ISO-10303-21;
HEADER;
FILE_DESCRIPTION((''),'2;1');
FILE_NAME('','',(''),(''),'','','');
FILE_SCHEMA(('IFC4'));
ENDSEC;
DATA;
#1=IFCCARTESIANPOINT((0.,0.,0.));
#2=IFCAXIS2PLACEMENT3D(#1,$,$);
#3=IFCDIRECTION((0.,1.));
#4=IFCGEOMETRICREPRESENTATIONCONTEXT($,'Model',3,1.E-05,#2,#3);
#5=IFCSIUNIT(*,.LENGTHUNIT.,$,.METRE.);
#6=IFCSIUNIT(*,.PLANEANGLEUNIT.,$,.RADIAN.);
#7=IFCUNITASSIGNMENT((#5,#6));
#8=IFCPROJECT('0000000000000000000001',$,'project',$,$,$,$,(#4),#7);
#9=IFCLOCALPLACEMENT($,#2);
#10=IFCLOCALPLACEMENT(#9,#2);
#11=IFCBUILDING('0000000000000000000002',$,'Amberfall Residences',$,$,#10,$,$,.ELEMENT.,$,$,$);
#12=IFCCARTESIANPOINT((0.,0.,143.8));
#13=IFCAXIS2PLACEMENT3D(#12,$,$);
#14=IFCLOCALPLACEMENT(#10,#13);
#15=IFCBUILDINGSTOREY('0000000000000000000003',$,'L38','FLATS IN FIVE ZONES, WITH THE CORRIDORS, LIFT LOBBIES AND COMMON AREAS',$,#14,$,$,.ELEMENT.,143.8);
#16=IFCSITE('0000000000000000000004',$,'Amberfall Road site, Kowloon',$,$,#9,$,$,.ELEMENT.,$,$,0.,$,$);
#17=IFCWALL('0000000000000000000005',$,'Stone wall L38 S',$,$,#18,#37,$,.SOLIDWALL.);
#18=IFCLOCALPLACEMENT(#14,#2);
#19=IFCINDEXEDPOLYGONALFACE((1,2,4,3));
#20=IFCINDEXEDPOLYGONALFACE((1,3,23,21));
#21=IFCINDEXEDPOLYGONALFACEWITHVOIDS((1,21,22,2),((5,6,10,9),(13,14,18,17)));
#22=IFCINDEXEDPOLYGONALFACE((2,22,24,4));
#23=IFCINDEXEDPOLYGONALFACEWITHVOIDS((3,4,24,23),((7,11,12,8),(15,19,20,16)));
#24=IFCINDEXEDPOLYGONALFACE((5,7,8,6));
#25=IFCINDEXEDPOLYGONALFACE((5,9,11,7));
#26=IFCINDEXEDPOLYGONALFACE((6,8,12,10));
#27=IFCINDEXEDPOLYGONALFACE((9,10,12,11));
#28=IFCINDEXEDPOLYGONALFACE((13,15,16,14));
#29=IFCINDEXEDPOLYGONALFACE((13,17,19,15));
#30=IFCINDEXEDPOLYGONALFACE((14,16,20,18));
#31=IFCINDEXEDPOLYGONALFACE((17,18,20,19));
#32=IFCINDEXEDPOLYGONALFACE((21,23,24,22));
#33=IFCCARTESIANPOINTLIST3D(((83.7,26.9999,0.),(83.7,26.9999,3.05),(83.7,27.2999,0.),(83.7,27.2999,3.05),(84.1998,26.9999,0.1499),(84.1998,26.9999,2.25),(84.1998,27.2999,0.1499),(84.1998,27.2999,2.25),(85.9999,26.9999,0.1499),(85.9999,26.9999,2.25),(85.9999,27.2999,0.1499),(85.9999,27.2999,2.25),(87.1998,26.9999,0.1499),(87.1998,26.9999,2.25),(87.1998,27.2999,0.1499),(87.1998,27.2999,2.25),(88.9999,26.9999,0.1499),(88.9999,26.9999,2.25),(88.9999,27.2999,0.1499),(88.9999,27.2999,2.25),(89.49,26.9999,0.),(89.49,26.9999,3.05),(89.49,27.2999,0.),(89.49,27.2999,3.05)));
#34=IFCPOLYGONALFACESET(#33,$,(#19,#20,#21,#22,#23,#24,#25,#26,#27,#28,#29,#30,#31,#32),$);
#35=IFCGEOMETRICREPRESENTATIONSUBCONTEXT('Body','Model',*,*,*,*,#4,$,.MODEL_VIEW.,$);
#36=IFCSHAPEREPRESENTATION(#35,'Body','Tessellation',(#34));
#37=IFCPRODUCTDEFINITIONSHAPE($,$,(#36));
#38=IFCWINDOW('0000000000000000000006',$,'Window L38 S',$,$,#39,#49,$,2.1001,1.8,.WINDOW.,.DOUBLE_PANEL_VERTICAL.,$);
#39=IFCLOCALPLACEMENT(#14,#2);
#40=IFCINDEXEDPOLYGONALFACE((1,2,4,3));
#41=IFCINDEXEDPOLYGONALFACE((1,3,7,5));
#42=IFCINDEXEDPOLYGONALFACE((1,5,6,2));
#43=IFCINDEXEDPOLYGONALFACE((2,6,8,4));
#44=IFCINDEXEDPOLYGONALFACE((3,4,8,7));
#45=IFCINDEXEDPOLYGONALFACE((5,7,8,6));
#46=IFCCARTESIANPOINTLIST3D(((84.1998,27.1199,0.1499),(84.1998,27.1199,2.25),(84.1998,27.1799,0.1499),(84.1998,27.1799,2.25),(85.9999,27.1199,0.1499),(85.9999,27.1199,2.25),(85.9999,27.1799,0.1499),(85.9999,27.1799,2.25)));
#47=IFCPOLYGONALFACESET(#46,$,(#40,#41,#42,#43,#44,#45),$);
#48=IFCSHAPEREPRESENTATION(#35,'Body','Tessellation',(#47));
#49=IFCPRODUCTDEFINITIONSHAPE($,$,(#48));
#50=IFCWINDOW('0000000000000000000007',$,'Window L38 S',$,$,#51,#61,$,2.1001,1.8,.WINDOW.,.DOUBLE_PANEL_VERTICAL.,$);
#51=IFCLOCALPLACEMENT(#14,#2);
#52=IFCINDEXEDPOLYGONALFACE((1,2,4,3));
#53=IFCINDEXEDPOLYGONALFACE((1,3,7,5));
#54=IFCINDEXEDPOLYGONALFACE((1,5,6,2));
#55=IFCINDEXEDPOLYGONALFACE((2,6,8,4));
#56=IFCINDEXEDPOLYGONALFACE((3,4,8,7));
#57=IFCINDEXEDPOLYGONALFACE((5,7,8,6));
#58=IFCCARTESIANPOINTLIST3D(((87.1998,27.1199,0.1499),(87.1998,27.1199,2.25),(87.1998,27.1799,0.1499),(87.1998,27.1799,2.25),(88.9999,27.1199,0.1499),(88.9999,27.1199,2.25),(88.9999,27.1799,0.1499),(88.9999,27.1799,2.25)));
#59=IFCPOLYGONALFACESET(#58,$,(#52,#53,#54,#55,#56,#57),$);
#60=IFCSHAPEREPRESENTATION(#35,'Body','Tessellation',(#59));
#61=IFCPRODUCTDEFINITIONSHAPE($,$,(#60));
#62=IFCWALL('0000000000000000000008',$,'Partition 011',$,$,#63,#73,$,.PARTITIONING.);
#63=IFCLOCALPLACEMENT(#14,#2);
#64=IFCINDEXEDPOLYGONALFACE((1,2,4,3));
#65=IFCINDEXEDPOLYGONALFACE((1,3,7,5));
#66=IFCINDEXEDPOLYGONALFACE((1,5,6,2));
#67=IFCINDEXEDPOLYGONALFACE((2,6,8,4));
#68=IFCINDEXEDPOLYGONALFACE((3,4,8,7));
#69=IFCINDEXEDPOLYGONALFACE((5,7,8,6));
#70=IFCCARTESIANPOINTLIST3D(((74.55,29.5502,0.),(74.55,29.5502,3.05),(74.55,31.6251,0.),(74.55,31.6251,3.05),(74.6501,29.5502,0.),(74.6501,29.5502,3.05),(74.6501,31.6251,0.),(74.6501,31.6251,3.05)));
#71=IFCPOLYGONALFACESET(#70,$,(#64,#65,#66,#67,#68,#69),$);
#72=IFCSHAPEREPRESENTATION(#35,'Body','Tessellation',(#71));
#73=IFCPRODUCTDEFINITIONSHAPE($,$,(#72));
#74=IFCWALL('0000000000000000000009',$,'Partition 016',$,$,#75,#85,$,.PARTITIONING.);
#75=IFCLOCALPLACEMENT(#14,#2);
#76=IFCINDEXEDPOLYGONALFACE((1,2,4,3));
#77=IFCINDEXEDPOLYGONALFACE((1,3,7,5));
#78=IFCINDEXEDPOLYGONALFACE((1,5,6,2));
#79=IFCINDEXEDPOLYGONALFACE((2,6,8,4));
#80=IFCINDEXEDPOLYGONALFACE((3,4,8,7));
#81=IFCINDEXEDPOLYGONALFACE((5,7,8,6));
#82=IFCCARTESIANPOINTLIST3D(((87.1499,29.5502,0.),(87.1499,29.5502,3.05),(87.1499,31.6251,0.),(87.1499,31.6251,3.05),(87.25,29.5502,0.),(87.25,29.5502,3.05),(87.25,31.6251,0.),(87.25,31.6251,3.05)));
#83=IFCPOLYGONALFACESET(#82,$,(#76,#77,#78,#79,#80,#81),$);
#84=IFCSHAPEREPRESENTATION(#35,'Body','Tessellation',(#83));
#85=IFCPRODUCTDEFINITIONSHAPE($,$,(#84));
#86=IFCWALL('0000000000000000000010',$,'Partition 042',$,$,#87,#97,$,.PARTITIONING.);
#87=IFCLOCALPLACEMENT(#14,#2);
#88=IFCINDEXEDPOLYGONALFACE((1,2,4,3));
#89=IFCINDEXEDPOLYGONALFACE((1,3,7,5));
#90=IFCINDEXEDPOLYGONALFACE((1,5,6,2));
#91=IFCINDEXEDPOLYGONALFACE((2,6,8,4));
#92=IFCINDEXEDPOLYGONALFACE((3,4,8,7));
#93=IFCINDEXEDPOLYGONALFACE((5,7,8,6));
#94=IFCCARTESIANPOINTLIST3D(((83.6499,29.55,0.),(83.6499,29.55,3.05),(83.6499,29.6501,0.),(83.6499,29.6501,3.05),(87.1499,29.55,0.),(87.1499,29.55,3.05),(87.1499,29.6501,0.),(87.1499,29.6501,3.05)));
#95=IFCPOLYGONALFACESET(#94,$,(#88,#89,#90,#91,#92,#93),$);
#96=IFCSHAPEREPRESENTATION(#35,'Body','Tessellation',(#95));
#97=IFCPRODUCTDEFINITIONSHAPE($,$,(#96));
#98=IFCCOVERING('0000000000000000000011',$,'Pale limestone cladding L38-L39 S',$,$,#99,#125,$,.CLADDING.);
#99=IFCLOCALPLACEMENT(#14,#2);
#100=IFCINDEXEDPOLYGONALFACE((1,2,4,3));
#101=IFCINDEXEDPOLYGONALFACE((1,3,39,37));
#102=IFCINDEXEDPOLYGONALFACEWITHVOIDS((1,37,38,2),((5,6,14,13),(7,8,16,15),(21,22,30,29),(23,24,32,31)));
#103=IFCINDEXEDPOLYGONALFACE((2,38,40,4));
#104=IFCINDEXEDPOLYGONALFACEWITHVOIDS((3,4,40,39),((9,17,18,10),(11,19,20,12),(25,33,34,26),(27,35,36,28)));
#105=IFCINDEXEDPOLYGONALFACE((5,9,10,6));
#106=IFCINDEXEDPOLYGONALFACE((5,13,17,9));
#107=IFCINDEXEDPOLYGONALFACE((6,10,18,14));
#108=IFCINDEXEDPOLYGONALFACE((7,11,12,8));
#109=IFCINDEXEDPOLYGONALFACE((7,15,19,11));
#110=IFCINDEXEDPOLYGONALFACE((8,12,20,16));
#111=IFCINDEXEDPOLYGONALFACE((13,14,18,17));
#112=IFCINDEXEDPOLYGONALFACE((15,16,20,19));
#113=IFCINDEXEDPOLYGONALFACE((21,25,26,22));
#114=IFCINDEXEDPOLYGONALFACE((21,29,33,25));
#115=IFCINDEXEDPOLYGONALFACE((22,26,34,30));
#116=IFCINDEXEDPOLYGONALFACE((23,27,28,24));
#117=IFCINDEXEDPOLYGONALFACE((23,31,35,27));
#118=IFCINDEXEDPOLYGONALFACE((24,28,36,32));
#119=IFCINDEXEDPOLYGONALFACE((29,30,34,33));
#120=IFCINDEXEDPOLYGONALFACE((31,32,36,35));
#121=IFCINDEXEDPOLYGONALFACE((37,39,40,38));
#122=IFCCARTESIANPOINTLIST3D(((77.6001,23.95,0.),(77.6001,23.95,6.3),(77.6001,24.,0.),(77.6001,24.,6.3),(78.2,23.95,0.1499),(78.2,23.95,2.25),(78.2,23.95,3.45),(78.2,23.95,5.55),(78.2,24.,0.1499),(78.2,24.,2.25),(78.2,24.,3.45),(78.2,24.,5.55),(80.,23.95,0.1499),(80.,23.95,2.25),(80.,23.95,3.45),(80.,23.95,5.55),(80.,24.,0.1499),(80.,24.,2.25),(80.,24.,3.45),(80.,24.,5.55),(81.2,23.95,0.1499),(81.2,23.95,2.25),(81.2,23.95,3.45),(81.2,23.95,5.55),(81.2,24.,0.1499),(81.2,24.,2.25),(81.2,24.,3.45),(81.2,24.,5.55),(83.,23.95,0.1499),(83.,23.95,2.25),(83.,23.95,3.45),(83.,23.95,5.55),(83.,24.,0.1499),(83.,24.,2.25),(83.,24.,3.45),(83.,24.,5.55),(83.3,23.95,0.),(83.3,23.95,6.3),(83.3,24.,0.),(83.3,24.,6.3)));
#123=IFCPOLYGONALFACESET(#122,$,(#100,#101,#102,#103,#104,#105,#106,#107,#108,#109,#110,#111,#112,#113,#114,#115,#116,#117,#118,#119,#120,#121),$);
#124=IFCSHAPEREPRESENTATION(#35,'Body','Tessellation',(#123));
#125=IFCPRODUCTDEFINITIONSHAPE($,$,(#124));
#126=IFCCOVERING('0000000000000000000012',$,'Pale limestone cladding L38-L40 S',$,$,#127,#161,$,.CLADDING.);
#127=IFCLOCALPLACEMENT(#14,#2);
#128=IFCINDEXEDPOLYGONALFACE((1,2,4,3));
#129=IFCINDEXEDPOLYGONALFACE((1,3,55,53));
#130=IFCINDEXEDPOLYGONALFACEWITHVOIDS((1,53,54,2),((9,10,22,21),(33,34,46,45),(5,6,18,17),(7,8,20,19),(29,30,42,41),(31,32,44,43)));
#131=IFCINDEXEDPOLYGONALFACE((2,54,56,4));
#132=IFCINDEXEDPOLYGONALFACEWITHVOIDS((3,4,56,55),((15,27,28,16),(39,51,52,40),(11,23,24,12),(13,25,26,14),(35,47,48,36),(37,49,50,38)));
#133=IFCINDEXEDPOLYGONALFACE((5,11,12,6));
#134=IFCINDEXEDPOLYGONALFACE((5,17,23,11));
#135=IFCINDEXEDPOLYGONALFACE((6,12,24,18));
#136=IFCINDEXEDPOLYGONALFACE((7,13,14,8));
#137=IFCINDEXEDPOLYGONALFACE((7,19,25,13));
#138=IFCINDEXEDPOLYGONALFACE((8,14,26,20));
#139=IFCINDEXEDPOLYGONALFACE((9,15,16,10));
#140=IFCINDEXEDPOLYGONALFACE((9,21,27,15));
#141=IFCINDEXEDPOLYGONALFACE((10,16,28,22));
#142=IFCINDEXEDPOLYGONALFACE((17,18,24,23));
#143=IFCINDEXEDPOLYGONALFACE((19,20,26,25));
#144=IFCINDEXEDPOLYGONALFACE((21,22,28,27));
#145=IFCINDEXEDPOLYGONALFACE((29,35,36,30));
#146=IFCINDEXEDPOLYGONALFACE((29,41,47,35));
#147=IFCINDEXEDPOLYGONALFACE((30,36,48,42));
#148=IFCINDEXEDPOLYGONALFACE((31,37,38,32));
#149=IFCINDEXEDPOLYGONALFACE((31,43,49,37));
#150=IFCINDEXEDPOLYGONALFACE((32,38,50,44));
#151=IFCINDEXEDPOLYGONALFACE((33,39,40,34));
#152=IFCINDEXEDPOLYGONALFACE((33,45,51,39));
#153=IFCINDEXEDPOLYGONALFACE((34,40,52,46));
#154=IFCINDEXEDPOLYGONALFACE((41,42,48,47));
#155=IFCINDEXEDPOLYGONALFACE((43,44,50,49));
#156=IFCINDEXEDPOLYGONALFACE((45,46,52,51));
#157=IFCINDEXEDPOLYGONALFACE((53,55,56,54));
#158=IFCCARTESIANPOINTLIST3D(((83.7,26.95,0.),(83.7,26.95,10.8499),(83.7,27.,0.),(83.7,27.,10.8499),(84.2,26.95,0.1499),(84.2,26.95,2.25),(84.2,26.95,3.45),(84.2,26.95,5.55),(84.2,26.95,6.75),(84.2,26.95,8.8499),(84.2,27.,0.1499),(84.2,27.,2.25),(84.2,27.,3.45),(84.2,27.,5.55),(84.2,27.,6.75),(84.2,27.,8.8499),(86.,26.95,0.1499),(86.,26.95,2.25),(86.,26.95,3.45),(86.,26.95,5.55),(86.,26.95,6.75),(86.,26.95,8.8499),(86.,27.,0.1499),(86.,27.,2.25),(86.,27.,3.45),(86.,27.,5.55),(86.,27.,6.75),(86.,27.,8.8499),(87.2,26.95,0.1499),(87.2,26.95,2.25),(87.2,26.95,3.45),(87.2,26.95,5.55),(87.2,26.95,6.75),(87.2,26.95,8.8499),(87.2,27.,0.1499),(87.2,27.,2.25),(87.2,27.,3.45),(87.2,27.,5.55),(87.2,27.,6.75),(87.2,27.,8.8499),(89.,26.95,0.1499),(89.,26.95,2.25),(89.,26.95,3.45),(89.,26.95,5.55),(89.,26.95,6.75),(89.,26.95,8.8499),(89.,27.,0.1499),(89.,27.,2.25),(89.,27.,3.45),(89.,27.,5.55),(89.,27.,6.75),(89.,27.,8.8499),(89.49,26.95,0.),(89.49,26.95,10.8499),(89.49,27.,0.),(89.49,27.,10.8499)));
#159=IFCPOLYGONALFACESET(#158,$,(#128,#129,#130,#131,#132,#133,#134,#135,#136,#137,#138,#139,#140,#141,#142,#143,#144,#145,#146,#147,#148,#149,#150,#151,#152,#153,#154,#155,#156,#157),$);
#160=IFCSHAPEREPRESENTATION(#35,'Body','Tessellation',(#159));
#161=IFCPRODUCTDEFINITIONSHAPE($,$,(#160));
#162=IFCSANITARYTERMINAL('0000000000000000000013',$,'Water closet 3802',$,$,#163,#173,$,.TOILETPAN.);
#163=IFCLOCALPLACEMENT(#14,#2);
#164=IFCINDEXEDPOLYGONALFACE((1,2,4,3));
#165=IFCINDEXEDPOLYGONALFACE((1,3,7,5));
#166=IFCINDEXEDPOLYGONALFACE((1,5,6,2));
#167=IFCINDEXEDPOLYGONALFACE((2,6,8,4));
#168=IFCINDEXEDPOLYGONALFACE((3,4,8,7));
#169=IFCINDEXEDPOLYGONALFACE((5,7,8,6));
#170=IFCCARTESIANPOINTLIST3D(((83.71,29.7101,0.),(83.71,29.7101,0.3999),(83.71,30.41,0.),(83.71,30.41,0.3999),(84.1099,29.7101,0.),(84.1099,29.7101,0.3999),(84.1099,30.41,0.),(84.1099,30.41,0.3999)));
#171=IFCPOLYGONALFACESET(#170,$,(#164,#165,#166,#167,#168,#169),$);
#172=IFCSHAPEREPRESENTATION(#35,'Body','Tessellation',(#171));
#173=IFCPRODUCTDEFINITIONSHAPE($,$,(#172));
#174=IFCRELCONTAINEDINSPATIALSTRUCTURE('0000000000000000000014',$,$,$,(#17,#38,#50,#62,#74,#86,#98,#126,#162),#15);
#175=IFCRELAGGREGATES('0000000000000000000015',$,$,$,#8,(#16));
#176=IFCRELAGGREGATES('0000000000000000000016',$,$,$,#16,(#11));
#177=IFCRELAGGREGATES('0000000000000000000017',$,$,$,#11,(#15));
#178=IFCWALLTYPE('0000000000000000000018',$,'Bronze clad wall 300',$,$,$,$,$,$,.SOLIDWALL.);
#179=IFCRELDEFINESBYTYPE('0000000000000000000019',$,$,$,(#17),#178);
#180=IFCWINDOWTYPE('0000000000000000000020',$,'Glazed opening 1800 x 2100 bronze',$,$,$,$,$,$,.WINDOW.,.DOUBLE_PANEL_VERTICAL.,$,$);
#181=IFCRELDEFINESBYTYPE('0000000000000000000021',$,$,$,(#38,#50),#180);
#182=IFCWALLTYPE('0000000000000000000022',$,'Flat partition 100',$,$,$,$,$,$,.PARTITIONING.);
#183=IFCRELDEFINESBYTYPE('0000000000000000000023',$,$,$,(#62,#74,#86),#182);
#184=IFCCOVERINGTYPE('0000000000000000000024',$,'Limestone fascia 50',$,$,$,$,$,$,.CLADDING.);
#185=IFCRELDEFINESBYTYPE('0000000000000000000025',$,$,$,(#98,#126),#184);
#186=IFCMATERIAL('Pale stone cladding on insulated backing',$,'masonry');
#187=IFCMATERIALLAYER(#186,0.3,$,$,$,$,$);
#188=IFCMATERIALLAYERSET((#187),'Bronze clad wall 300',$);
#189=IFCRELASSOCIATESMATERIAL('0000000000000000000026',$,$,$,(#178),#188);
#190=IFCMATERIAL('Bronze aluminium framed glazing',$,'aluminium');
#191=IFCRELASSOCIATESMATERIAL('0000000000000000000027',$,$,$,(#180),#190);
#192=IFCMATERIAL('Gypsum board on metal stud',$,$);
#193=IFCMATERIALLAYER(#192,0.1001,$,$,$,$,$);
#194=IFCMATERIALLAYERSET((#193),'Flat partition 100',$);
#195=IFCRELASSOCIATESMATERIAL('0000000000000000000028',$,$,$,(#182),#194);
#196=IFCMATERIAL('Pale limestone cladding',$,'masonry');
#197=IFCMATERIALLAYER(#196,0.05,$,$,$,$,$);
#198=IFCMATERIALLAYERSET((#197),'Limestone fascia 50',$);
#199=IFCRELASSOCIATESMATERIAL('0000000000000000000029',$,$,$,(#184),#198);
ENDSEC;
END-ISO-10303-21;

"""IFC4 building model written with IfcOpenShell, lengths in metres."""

from ifc_helpers import new_model, si_unit, direction, frame, frame_2d, origin, origin_2d, place, context, subcontext, project, spatial, polyline, rectangle, outline, extrude, material, layer, layer_set, type_object, element, fill, save


model = new_model("IFC4")

# Units and contexts
model_context = context("Model", 3, precision=1e-05, world=origin(), true_north=direction((0.0, 1.0)))
body_context = subcontext(model_context, "Body", "Model", "MODEL_VIEW")
ifc_project = project(units=[si_unit("LENGTHUNIT", "METRE"), si_unit("PLANEANGLEUNIT", "RADIAN")], contexts=[model_context])

# Site, building, storey
site_placement = place(None, origin())
site = spatial("IfcSite", under=ifc_project, at=site_placement, Name="Amberfall Road site, Kowloon", CompositionType="ELEMENT", RefElevation=0.0)
building_placement = place(site_placement, origin())
building = spatial("IfcBuilding", under=site, at=building_placement, Name="Amberfall Residences", CompositionType="ELEMENT")
storey_placement = place(building_placement, frame((0.0, 0.0, 143.8)))
storey = spatial("IfcBuildingStorey", under=building, at=storey_placement, Name="L38", Description="FLATS IN FIVE ZONES, WITH THE CORRIDORS, LIFT LOBBIES AND COMMON AREAS", CompositionType="ELEMENT", Elevation=143.8)

# Shared definitions
ifc_material_1 = material(Name="Pale stone cladding on insulated backing", Category="masonry")
ifc_layer_1 = layer(ifc_material_1, 0.3)
ifc_layer_set_1 = layer_set([ifc_layer_1], Name="Bronze clad wall 300")
wall_type_1 = type_object("IfcWallType", Name="Bronze clad wall 300", PredefinedType="SOLIDWALL", material=ifc_layer_set_1)

# Wall, openings, windows
ifc_material_2 = material(Name="Bronze aluminium framed glazing", Category="aluminium")
window_type = type_object("IfcWindowType", Name="Glazed opening 1800 x 2100 bronze", PartitioningType="DOUBLE_PANEL_VERTICAL", PredefinedType="WINDOW", material=ifc_material_2)
wall_1_placement = place(storey_placement, frame((83.7, 27.1499, 0.0), z_axis=(0.0, 0.0, 1.0), x_axis=(1.0, 0.0, 0.0)))
wall_1 = element("IfcWall", 1, at=wall_1_placement, inside=storey, type_object=wall_type_1, Name="Stone wall L38 S", PredefinedType="SOLIDWALL", context=body_context, shape_type="SweptSolid", body=[
    extrude(rectangle(XDim=5.79, YDim=0.3, at=frame_2d((2.895, 0.0))), origin(), (0.0, 0.0, 1.0), 3.05),
])
opening_1_placement = place(wall_1_placement, frame((0.5, 0.0, 0.1499)))
opening_1 = element("IfcOpeningElement", 2, at=opening_1_placement, cuts=wall_1, PredefinedType="OPENING", context=body_context, shape_type="SweptSolid", body=[
    extrude(rectangle(XDim=1.8, YDim=2.1001, at=frame_2d((0.8999, 1.05))), frame((0.0, 0.1599, 0.0), z_axis=(0.0, -1.0, 0.0), x_axis=(1.0, 0.0, 0.0)), (0.0, 0.0, 1.0), 0.3201),
])
opening_2_placement = place(wall_1_placement, frame((3.5, 0.0, 0.1499)))
opening_2 = element("IfcOpeningElement", 3, at=opening_2_placement, cuts=wall_1, PredefinedType="OPENING", context=body_context, shape_type="SweptSolid", body=[
    extrude(rectangle(XDim=1.8, YDim=2.1001, at=frame_2d((0.8999, 1.05))), frame((0.0, 0.1599, 0.0), z_axis=(0.0, -1.0, 0.0), x_axis=(1.0, 0.0, 0.0)), (0.0, 0.0, 1.0), 0.3201),
])
window_1_placement = place(opening_1_placement, origin())
window_1 = element("IfcWindow", 4, at=window_1_placement, inside=storey, type_object=window_type, Name="Window L38 S", OverallHeight=2.1001, OverallWidth=1.8, PartitioningType="DOUBLE_PANEL_VERTICAL", PredefinedType="WINDOW", context=body_context, shape_type="SweptSolid", body=[
    extrude(rectangle(XDim=1.8, YDim=2.1001, at=frame_2d((0.8999, 1.05))), frame((0.0, 0.03, 0.0), z_axis=(0.0, -1.0, 0.0), x_axis=(1.0, 0.0, 0.0)), (0.0, 0.0, 1.0), 0.0601),
])
fill(opening_1, window_1)
window_2_placement = place(opening_2_placement, origin())
window_2 = element("IfcWindow", 5, at=window_2_placement, inside=storey, type_object=window_type, Name="Window L38 S", OverallHeight=2.1001, OverallWidth=1.8, PartitioningType="DOUBLE_PANEL_VERTICAL", PredefinedType="WINDOW", context=body_context, shape_type="SweptSolid", body=[
    extrude(rectangle(XDim=1.8, YDim=2.1001, at=frame_2d((0.8999, 1.05))), frame((0.0, 0.03, 0.0), z_axis=(0.0, -1.0, 0.0), x_axis=(1.0, 0.0, 0.0)), (0.0, 0.0, 1.0), 0.0601),
])
fill(opening_2, window_2)

# Walls
ifc_material_3 = material(Name="Gypsum board on metal stud")
ifc_layer_2 = layer(ifc_material_3, 0.1001)
ifc_layer_set_2 = layer_set([ifc_layer_2], Name="Flat partition 100")
wall_type_2 = type_object("IfcWallType", Name="Flat partition 100", PredefinedType="PARTITIONING", material=ifc_layer_set_2)
for number, where, z_axis, x_axis, name in (
    (6, (74.6001, 29.55, 0.0), (0.0, 0.0, 1.0), (0.0, 1.0, 0.0), "Partition 011"),
    (7, (87.2, 29.55, 0.0), (0.0, 0.0, 1.0), (0.0, 1.0, 0.0), "Partition 016"),
):
    element("IfcWall", number, at=place(storey_placement, frame(where, z_axis=z_axis, x_axis=x_axis)), inside=storey, type_object=wall_type_2, Name=name, PredefinedType="PARTITIONING", context=body_context, shape_type="SweptSolid", body=[
        extrude(rectangle(XDim=2.075, YDim=0.1001, at=frame_2d((1.0376, 0.0))), origin(), (0.0, 0.0, 1.0), 3.05),
    ])
wall_2_placement = place(storey_placement, frame((83.6499, 29.6001, 0.0), z_axis=(0.0, 0.0, 1.0), x_axis=(1.0, 0.0, 0.0)))
element("IfcWall", 8, at=wall_2_placement, inside=storey, type_object=wall_type_2, Name="Partition 042", PredefinedType="PARTITIONING", context=body_context, shape_type="SweptSolid", body=[
    extrude(rectangle(XDim=3.5, YDim=0.1001, at=frame_2d((1.75, 0.0))), origin(), (0.0, 0.0, 1.0), 3.05),
])

# Coverings
ifc_material_4 = material(Name="Pale limestone cladding", Category="masonry")
ifc_layer_3 = layer(ifc_material_4, 0.05)
ifc_layer_set_3 = layer_set([ifc_layer_3], Name="Limestone fascia 50")
covering_type = type_object("IfcCoveringType", Name="Limestone fascia 50", PredefinedType="CLADDING", material=ifc_layer_set_3)
covering_1_placement = place(storey_placement, frame((77.6001, 24.0, 6.3), z_axis=(0.0, 1.0, 0.0), x_axis=(1.0, 0.0, 0.0)))
element("IfcCovering", 9, at=covering_1_placement, inside=storey, type_object=covering_type, Name="Pale limestone cladding L38-L39 S", PredefinedType="CLADDING", context=body_context, shape_type="SweptSolid", body=[
    extrude(outline(polyline([(0.0, 0.0), (5.7, 0.0), (5.7, 6.3), (0.0, 6.3), (0.0, 0.0)]), holes=[polyline([(0.5999, 4.05), (2.3999, 4.05), (2.3999, 6.1501), (0.5999, 6.1501), (0.5999, 4.05)]), polyline([(3.5999, 4.05), (5.3999, 4.05), (5.3999, 6.1501), (3.5999, 6.1501), (3.5999, 4.05)]), polyline([(0.5999, 0.75), (2.3999, 0.75), (2.3999, 2.8501), (0.5999, 2.8501), (0.5999, 0.75)]), polyline([(3.5999, 0.75), (5.3999, 0.75), (5.3999, 2.8501), (3.5999, 2.8501), (3.5999, 0.75)])]), origin(), (0.0, 0.0, -1.0), 0.05),
])
covering_2_placement = place(storey_placement, frame((83.7, 27.0, 10.8499), z_axis=(0.0, 1.0, 0.0), x_axis=(1.0, 0.0, 0.0)))
element("IfcCovering", 10, at=covering_2_placement, inside=storey, type_object=covering_type, Name="Pale limestone cladding L38-L40 S", PredefinedType="CLADDING", context=body_context, shape_type="SweptSolid", body=[
    extrude(outline(polyline([(0.0, 0.0), (5.79, 0.0), (5.79, 10.8499), (0.0, 10.8499), (0.0, 0.0)]), holes=[polyline([(0.5, 8.5999), (2.3, 8.5999), (2.3, 10.7), (0.5, 10.7), (0.5, 8.5999)]), polyline([(3.5, 8.5999), (5.3, 8.5999), (5.3, 10.7), (3.5, 10.7), (3.5, 8.5999)]), polyline([(0.5, 5.2998), (2.3, 5.2998), (2.3, 7.3999), (0.5, 7.3999), (0.5, 5.2998)]), polyline([(3.5, 5.2998), (5.3, 5.2998), (5.3, 7.3999), (3.5, 7.3999), (3.5, 5.2998)]), polyline([(0.5, 2.0), (2.3, 2.0), (2.3, 4.0999), (0.5, 4.0999), (0.5, 2.0)]), polyline([(3.5, 2.0), (5.3, 2.0), (5.3, 4.0999), (3.5, 4.0999), (3.5, 2.0)])]), origin(), (0.0, 0.0, -1.0), 0.05),
])

# Sanitary terminal
sanitary_terminal_1_placement = place(storey_placement, frame((83.9099, 30.0601, 0.0), z_axis=(0.0, 0.0, 1.0), x_axis=(1.0, 0.0, 0.0)))
element("IfcSanitaryTerminal", 11, at=sanitary_terminal_1_placement, inside=storey, Name="Water closet 3802", PredefinedType="TOILETPAN", context=body_context, shape_type="SweptSolid", body=[
    extrude(rectangle(XDim=0.3999, YDim=0.7, at=origin_2d()), origin(), (0.0, 0.0, 1.0), 0.3999),
])

save(model, "model.ifc")
